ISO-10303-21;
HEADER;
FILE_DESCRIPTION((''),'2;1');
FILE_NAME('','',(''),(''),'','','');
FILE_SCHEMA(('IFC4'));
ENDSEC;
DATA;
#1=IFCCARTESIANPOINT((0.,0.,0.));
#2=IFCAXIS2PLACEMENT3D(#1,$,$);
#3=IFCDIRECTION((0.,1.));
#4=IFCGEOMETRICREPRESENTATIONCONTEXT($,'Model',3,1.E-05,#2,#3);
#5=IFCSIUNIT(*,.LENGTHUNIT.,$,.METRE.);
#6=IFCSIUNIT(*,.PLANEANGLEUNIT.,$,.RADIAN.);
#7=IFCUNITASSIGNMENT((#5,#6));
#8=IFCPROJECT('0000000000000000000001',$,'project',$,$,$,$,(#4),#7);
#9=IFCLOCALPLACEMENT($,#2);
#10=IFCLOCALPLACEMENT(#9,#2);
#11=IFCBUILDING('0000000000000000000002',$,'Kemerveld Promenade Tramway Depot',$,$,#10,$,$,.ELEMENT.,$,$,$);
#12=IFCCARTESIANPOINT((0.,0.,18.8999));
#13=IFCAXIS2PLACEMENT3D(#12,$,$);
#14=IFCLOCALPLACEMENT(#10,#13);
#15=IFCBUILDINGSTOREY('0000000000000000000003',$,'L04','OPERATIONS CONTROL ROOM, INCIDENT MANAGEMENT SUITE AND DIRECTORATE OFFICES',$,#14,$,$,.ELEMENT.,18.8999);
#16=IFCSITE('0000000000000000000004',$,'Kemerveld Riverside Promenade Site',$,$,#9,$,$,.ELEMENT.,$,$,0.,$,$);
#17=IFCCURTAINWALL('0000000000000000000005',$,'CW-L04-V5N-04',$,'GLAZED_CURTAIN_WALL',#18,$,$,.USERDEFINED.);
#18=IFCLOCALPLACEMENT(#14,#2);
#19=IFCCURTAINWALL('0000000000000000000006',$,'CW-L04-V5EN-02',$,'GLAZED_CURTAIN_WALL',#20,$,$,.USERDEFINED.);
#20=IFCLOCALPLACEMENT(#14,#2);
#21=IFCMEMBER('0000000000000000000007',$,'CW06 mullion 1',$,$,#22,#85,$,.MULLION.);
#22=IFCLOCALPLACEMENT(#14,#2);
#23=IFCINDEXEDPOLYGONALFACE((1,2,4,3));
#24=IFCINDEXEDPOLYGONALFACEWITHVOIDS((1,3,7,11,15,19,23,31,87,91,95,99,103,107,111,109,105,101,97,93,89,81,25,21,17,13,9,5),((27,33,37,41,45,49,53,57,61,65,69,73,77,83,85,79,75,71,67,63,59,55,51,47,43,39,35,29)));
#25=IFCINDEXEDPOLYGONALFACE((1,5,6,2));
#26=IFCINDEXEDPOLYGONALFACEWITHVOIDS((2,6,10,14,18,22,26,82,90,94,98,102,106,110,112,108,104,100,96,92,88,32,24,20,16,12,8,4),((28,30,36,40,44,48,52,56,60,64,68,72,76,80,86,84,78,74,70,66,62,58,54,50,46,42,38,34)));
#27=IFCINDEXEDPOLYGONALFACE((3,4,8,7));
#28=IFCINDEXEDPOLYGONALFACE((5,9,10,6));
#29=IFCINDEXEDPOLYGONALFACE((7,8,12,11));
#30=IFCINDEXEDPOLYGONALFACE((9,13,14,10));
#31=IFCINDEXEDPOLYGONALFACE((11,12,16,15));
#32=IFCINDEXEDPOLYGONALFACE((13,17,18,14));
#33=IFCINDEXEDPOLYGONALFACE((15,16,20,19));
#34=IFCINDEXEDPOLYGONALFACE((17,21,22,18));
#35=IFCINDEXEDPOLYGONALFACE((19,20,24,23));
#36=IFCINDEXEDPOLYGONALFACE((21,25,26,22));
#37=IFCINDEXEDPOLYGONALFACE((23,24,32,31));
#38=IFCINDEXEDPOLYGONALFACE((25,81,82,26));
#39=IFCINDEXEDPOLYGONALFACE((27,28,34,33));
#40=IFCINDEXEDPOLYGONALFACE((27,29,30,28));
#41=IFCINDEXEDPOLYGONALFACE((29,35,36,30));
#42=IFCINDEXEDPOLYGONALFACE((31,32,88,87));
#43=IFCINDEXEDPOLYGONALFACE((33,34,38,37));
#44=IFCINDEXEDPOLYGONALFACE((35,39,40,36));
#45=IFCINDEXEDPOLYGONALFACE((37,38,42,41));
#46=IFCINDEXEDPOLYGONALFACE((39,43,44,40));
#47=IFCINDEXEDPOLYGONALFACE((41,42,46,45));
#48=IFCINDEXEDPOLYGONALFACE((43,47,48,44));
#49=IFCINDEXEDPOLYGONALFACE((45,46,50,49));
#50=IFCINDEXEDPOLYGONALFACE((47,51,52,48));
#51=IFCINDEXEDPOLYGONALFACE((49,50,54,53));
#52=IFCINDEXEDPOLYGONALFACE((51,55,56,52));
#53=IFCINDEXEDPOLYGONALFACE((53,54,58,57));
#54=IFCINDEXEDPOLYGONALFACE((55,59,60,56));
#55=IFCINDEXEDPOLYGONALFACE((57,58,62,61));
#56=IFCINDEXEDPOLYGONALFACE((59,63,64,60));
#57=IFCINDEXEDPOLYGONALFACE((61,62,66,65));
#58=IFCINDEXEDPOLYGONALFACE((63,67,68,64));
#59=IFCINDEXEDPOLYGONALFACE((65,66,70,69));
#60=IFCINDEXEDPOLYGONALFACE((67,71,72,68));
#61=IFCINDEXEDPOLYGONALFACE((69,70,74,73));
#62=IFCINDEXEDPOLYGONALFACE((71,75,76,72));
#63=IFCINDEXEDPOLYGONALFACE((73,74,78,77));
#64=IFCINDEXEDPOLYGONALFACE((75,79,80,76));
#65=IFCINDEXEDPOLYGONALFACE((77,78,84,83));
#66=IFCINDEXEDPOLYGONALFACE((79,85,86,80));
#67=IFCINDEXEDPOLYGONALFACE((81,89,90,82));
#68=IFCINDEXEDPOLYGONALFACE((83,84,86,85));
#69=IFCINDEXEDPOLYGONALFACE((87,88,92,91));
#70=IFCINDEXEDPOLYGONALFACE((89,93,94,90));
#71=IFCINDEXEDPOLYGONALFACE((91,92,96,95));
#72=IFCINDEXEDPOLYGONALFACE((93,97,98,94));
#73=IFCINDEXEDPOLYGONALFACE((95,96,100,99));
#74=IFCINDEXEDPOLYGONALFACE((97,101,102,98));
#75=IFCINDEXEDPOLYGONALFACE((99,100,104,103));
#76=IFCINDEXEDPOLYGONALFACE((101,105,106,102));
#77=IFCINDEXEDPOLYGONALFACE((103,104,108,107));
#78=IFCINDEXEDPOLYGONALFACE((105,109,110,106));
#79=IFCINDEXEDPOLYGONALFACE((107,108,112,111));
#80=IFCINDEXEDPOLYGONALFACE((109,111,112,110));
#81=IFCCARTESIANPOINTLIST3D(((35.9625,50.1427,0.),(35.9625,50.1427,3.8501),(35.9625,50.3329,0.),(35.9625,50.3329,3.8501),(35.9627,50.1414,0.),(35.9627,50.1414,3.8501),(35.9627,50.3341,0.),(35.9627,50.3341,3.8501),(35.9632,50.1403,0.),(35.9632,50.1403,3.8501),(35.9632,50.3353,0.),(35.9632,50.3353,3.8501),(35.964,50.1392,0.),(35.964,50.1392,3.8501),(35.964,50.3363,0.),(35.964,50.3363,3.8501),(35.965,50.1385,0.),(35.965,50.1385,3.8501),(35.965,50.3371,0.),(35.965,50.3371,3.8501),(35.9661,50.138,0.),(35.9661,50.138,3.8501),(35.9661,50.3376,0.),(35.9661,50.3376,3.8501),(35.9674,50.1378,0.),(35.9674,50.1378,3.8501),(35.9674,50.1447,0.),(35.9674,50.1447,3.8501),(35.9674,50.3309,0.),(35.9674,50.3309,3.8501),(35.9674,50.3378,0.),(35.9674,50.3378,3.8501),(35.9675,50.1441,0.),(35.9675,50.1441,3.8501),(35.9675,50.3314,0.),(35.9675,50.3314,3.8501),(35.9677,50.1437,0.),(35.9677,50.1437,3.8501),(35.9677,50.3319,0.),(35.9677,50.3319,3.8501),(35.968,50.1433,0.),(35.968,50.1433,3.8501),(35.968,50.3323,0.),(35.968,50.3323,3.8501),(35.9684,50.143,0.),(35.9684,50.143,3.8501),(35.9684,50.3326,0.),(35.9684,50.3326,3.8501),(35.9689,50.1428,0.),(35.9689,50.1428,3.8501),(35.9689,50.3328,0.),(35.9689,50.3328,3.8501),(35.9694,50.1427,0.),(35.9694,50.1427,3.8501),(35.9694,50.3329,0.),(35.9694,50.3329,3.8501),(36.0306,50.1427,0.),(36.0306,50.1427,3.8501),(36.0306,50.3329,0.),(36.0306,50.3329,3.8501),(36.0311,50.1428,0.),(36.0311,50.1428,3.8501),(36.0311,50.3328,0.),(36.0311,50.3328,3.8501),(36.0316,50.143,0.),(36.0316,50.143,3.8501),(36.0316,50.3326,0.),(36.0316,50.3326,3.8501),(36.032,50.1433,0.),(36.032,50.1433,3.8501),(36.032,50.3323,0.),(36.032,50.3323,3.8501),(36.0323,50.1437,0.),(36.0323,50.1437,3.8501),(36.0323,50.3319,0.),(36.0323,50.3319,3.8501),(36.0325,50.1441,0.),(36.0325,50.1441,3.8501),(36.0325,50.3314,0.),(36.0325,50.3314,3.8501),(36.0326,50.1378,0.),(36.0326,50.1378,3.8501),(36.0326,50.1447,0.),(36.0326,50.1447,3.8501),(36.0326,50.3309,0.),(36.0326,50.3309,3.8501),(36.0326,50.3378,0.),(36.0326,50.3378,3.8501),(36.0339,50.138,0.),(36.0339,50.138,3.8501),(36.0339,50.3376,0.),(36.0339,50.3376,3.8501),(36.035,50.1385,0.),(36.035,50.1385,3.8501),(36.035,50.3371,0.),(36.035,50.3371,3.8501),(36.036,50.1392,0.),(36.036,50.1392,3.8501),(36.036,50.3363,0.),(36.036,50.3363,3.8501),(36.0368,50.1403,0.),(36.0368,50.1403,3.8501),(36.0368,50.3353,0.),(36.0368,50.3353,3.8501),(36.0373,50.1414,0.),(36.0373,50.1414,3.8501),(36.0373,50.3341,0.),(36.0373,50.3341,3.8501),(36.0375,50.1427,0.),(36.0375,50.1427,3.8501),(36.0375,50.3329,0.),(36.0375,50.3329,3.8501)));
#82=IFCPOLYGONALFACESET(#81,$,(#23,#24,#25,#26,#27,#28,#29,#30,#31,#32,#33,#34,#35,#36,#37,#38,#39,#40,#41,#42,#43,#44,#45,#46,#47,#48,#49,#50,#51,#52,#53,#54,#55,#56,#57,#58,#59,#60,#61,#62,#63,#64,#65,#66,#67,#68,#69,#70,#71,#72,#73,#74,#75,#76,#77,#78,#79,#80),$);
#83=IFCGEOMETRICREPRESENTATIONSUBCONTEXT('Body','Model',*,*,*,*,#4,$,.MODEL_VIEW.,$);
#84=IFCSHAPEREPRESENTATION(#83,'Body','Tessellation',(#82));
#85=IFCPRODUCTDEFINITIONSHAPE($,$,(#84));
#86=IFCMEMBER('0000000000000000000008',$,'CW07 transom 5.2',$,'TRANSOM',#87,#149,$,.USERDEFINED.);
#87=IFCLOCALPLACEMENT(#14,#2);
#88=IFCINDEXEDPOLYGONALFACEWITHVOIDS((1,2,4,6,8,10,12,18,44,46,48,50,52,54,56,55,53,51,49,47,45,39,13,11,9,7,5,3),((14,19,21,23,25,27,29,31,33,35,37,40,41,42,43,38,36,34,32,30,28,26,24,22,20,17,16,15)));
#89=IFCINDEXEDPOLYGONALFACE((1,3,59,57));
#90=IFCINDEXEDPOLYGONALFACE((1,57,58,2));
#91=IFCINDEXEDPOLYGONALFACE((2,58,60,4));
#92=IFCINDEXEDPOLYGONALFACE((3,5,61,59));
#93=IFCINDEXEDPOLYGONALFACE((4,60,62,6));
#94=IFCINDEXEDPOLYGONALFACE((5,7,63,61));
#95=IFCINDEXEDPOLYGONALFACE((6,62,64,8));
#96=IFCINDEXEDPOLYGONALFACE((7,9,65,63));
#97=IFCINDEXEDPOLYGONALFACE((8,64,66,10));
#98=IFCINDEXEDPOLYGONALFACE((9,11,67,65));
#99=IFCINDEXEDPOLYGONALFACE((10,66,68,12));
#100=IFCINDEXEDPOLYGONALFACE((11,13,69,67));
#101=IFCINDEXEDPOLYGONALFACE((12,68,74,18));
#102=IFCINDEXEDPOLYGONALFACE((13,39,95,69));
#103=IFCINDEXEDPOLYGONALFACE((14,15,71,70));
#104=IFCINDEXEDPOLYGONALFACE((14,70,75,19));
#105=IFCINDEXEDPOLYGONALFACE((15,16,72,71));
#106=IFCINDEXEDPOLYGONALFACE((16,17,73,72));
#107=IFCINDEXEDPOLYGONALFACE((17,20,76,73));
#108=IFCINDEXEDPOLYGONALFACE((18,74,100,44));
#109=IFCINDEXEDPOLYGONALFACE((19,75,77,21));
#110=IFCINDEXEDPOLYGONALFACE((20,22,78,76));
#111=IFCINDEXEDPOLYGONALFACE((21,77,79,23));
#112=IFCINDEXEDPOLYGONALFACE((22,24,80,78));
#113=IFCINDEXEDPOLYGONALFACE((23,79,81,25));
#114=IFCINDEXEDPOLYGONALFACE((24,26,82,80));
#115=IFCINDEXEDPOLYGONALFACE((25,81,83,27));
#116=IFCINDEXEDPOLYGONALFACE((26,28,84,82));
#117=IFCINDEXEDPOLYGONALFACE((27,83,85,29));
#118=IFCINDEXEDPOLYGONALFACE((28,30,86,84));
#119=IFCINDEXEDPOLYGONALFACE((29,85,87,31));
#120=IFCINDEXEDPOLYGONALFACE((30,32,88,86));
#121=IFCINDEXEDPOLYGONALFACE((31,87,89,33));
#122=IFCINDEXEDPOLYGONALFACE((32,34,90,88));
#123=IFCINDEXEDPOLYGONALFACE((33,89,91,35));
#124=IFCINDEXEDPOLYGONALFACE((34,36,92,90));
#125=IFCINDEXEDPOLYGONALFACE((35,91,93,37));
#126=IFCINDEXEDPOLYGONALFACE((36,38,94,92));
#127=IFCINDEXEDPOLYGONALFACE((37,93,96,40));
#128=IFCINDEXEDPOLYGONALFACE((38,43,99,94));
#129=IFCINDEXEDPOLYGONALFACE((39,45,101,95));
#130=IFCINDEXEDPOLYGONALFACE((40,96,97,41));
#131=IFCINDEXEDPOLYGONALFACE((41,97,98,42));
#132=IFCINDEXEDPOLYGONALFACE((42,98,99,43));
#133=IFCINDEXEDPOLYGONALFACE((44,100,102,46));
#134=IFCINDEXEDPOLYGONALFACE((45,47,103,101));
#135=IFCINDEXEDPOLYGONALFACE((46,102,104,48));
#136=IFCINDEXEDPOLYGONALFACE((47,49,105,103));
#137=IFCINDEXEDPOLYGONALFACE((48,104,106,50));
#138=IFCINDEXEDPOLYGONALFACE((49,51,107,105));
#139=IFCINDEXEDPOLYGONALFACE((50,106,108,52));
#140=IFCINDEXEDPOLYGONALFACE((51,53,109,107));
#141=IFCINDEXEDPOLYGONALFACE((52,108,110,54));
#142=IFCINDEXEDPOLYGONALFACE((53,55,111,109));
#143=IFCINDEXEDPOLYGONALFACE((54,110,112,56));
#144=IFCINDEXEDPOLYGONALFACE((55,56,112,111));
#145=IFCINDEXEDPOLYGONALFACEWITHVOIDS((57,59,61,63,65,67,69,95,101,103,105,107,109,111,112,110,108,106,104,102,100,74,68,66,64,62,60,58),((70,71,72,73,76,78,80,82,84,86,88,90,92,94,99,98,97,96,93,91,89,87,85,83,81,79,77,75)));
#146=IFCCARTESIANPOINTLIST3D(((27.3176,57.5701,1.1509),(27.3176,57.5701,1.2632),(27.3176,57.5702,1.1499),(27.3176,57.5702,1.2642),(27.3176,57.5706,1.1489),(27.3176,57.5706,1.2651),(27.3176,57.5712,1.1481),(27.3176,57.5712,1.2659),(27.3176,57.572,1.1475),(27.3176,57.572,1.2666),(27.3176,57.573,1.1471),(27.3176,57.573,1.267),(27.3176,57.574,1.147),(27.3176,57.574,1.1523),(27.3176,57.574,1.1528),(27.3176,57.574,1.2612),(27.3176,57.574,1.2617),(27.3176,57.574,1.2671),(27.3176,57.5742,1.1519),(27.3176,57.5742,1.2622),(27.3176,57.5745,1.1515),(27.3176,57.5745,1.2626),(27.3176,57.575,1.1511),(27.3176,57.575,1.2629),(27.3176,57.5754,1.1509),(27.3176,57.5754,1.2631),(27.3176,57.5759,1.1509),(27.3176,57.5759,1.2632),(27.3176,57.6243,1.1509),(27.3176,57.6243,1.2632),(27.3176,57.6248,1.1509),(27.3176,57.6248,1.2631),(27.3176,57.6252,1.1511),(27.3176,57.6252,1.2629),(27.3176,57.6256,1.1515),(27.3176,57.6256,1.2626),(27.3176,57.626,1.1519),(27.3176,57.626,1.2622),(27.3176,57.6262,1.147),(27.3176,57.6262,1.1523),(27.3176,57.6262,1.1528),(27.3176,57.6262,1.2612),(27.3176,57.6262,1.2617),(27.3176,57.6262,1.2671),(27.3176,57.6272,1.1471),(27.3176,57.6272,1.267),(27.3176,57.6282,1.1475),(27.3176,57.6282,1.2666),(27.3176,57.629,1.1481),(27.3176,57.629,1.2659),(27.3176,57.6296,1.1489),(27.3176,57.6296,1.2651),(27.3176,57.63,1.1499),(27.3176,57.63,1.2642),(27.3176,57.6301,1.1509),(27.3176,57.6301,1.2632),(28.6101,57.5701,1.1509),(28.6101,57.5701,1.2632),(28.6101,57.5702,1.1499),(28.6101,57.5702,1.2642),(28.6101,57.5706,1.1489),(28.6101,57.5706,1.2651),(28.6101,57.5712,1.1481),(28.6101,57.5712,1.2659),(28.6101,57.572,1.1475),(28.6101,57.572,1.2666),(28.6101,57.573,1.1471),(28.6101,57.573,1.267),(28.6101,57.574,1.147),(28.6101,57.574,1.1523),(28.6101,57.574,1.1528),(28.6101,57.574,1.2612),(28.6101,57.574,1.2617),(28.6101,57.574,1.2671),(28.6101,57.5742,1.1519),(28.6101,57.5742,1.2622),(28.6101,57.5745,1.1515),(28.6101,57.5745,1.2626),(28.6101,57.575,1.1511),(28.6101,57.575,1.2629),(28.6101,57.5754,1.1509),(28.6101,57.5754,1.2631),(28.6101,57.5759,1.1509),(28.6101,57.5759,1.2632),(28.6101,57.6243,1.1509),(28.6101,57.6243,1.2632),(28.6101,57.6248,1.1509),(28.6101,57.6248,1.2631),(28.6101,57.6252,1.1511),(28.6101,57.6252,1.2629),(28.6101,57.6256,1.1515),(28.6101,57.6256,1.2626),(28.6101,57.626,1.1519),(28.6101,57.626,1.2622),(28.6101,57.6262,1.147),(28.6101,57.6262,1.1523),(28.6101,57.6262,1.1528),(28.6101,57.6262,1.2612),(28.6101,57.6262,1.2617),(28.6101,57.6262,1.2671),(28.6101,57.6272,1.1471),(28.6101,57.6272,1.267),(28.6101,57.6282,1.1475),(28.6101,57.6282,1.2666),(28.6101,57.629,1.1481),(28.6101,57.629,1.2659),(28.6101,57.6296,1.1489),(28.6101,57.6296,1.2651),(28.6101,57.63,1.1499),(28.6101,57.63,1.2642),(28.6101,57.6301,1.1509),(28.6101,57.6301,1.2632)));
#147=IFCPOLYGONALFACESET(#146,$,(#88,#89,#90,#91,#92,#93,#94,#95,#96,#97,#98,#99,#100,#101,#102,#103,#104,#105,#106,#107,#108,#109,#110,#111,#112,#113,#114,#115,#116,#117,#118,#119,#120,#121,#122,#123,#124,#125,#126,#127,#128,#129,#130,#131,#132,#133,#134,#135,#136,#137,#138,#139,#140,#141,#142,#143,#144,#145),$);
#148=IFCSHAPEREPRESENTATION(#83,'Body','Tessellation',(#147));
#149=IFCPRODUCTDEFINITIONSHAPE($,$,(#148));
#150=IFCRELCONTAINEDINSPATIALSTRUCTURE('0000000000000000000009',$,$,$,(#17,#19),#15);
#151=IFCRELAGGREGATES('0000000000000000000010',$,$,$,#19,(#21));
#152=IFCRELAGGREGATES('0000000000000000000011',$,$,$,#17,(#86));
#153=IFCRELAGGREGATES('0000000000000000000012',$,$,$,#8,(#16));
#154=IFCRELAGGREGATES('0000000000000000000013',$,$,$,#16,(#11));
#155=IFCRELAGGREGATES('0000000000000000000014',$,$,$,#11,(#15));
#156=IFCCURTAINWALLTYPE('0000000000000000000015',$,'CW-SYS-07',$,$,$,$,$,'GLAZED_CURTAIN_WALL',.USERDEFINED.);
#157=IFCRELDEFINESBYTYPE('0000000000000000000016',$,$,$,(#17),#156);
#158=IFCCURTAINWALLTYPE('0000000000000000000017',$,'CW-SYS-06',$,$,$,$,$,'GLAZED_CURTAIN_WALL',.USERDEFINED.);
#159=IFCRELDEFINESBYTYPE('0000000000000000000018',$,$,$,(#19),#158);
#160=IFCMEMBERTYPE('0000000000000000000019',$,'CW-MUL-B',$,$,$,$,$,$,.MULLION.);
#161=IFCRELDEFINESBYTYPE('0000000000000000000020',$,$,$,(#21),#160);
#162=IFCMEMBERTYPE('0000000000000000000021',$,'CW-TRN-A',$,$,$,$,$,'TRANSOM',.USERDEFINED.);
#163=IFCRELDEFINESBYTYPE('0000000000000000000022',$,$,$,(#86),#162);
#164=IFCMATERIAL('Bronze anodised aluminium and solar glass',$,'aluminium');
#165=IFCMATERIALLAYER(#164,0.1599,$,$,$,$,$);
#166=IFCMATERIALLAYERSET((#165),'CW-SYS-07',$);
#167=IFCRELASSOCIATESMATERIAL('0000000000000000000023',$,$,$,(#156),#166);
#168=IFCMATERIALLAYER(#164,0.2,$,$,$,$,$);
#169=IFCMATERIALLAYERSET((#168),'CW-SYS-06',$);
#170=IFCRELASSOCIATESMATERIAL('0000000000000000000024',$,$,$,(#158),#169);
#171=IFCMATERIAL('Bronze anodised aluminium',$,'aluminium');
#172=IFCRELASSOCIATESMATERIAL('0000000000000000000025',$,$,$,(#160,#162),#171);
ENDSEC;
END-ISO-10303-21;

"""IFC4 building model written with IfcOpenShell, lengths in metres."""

from ifc_helpers import new_model, si_unit, direction, frame, origin, origin_2d, place, context, subcontext, project, spatial, hollow_rectangle, extrude, material, layer, layer_set, material_profile, profile_set, type_object, element, aggregate, save


model = new_model("IFC4")

# Units and contexts
model_context = context("Model", 3, precision=1e-05, world=origin(), true_north=direction((0.0, 1.0)))
body_context = subcontext(model_context, "Body", "Model", "MODEL_VIEW")
ifc_project = project(units=[si_unit("LENGTHUNIT", "METRE"), si_unit("PLANEANGLEUNIT", "RADIAN")], contexts=[model_context])

# Site, building, storey
site_placement = place(None, origin())
site = spatial("IfcSite", under=ifc_project, at=site_placement, Name="Kemerveld Riverside Promenade Site", CompositionType="ELEMENT", RefElevation=0.0)
building_placement = place(site_placement, origin())
building = spatial("IfcBuilding", under=site, at=building_placement, Name="Kemerveld Promenade Tramway Depot", CompositionType="ELEMENT")
storey_placement = place(building_placement, frame((0.0, 0.0, 18.8999)))
storey = spatial("IfcBuildingStorey", under=building, at=storey_placement, Name="L04", Description="OPERATIONS CONTROL ROOM, INCIDENT MANAGEMENT SUITE AND DIRECTORATE OFFICES", CompositionType="ELEMENT", Elevation=18.8999)

# Curtain walls, member
ifc_material_1 = material(Name="Bronze anodised aluminium and solar glass", Category="aluminium")
ifc_layer_1 = layer(ifc_material_1, 0.1599)
ifc_layer_set_1 = layer_set([ifc_layer_1], Name="CW-SYS-07")
curtain_wall_type_1 = type_object("IfcCurtainWallType", Name="CW-SYS-07", ElementType="GLAZED_CURTAIN_WALL", PredefinedType="USERDEFINED", material=ifc_layer_set_1)
curtain_wall_1_placement = place(storey_placement, origin())
curtain_wall_1 = element("IfcCurtainWall", 1, at=curtain_wall_1_placement, inside=storey, type_object=curtain_wall_type_1, Name="CW-L04-V5N-04", ObjectType="GLAZED_CURTAIN_WALL", PredefinedType="USERDEFINED")
ifc_material_2 = material(Name="Bronze anodised aluminium", Category="aluminium")
ifc_layer_2 = layer(ifc_material_1, 0.2)
ifc_layer_set_2 = layer_set([ifc_layer_2], Name="CW-SYS-06")
curtain_wall_type_2 = type_object("IfcCurtainWallType", Name="CW-SYS-06", ElementType="GLAZED_CURTAIN_WALL", PredefinedType="USERDEFINED", material=ifc_layer_set_2)
curtain_wall_2_placement = place(storey_placement, origin())
curtain_wall_2 = element("IfcCurtainWall", 2, at=curtain_wall_2_placement, inside=storey, type_object=curtain_wall_type_2, Name="CW-L04-V5EN-02", ObjectType="GLAZED_CURTAIN_WALL", PredefinedType="USERDEFINED")
ifc_material_profile_1 = material_profile(ifc_material_2, hollow_rectangle(XDim=0.075, YDim=0.2, WallThickness=0.0049, InnerFilletRadius=0.002, OuterFilletRadius=0.0049, at=origin_2d()), Name="CW-MUL-200x75")
ifc_profile_set_1 = profile_set([ifc_material_profile_1], Name="Bronze anodised aluminium")
member_type_1 = type_object("IfcMemberType", Name="CW-MUL-B", PredefinedType="MULLION", material=ifc_profile_set_1)
member_1_placement = place(storey_placement, frame((36.0, 50.2378, 0.0), z_axis=(0.0, 0.0, 1.0), x_axis=(1.0, 0.0, 0.0)))
member_1 = element("IfcMember", 3, at=member_1_placement, type_object=member_type_1, Name="CW06 mullion 1", PredefinedType="MULLION", context=body_context, shape_type="SweptSolid", body=[
    extrude(hollow_rectangle(XDim=0.075, YDim=0.2, WallThickness=0.0049, InnerFilletRadius=0.002, OuterFilletRadius=0.0049, at=origin_2d()), origin(), (0.0, 0.0, 1.0), 3.8501),
])

# Member
ifc_material_profile_2 = material_profile(ifc_material_2, hollow_rectangle(XDim=0.0601, YDim=0.1201, WallThickness=0.0039, InnerFilletRadius=0.002, OuterFilletRadius=0.0039, at=origin_2d()), Name="CW-TRN-120x60")
ifc_profile_set_2 = profile_set([ifc_material_profile_2], Name="Bronze anodised aluminium")
member_type_2 = type_object("IfcMemberType", Name="CW-TRN-A", ElementType="TRANSOM", PredefinedType="USERDEFINED", material=ifc_profile_set_2)
member_2_placement = place(storey_placement, frame((27.3176, 57.6001, 1.207), z_axis=(1.0, 0.0, 0.0), x_axis=(0.0, 1.0, 0.0)))
member_2 = element("IfcMember", 4, at=member_2_placement, type_object=member_type_2, Name="CW07 transom 5.2", ObjectType="TRANSOM", PredefinedType="USERDEFINED", context=body_context, shape_type="SweptSolid", body=[
    extrude(hollow_rectangle(XDim=0.0601, YDim=0.1201, WallThickness=0.0039, InnerFilletRadius=0.002, OuterFilletRadius=0.0039, at=origin_2d()), origin(), (0.0, 0.0, 1.0), 1.2925),
])

aggregate(curtain_wall_2, [member_1])
aggregate(curtain_wall_1, [member_2])

save(model, "model.ifc")
